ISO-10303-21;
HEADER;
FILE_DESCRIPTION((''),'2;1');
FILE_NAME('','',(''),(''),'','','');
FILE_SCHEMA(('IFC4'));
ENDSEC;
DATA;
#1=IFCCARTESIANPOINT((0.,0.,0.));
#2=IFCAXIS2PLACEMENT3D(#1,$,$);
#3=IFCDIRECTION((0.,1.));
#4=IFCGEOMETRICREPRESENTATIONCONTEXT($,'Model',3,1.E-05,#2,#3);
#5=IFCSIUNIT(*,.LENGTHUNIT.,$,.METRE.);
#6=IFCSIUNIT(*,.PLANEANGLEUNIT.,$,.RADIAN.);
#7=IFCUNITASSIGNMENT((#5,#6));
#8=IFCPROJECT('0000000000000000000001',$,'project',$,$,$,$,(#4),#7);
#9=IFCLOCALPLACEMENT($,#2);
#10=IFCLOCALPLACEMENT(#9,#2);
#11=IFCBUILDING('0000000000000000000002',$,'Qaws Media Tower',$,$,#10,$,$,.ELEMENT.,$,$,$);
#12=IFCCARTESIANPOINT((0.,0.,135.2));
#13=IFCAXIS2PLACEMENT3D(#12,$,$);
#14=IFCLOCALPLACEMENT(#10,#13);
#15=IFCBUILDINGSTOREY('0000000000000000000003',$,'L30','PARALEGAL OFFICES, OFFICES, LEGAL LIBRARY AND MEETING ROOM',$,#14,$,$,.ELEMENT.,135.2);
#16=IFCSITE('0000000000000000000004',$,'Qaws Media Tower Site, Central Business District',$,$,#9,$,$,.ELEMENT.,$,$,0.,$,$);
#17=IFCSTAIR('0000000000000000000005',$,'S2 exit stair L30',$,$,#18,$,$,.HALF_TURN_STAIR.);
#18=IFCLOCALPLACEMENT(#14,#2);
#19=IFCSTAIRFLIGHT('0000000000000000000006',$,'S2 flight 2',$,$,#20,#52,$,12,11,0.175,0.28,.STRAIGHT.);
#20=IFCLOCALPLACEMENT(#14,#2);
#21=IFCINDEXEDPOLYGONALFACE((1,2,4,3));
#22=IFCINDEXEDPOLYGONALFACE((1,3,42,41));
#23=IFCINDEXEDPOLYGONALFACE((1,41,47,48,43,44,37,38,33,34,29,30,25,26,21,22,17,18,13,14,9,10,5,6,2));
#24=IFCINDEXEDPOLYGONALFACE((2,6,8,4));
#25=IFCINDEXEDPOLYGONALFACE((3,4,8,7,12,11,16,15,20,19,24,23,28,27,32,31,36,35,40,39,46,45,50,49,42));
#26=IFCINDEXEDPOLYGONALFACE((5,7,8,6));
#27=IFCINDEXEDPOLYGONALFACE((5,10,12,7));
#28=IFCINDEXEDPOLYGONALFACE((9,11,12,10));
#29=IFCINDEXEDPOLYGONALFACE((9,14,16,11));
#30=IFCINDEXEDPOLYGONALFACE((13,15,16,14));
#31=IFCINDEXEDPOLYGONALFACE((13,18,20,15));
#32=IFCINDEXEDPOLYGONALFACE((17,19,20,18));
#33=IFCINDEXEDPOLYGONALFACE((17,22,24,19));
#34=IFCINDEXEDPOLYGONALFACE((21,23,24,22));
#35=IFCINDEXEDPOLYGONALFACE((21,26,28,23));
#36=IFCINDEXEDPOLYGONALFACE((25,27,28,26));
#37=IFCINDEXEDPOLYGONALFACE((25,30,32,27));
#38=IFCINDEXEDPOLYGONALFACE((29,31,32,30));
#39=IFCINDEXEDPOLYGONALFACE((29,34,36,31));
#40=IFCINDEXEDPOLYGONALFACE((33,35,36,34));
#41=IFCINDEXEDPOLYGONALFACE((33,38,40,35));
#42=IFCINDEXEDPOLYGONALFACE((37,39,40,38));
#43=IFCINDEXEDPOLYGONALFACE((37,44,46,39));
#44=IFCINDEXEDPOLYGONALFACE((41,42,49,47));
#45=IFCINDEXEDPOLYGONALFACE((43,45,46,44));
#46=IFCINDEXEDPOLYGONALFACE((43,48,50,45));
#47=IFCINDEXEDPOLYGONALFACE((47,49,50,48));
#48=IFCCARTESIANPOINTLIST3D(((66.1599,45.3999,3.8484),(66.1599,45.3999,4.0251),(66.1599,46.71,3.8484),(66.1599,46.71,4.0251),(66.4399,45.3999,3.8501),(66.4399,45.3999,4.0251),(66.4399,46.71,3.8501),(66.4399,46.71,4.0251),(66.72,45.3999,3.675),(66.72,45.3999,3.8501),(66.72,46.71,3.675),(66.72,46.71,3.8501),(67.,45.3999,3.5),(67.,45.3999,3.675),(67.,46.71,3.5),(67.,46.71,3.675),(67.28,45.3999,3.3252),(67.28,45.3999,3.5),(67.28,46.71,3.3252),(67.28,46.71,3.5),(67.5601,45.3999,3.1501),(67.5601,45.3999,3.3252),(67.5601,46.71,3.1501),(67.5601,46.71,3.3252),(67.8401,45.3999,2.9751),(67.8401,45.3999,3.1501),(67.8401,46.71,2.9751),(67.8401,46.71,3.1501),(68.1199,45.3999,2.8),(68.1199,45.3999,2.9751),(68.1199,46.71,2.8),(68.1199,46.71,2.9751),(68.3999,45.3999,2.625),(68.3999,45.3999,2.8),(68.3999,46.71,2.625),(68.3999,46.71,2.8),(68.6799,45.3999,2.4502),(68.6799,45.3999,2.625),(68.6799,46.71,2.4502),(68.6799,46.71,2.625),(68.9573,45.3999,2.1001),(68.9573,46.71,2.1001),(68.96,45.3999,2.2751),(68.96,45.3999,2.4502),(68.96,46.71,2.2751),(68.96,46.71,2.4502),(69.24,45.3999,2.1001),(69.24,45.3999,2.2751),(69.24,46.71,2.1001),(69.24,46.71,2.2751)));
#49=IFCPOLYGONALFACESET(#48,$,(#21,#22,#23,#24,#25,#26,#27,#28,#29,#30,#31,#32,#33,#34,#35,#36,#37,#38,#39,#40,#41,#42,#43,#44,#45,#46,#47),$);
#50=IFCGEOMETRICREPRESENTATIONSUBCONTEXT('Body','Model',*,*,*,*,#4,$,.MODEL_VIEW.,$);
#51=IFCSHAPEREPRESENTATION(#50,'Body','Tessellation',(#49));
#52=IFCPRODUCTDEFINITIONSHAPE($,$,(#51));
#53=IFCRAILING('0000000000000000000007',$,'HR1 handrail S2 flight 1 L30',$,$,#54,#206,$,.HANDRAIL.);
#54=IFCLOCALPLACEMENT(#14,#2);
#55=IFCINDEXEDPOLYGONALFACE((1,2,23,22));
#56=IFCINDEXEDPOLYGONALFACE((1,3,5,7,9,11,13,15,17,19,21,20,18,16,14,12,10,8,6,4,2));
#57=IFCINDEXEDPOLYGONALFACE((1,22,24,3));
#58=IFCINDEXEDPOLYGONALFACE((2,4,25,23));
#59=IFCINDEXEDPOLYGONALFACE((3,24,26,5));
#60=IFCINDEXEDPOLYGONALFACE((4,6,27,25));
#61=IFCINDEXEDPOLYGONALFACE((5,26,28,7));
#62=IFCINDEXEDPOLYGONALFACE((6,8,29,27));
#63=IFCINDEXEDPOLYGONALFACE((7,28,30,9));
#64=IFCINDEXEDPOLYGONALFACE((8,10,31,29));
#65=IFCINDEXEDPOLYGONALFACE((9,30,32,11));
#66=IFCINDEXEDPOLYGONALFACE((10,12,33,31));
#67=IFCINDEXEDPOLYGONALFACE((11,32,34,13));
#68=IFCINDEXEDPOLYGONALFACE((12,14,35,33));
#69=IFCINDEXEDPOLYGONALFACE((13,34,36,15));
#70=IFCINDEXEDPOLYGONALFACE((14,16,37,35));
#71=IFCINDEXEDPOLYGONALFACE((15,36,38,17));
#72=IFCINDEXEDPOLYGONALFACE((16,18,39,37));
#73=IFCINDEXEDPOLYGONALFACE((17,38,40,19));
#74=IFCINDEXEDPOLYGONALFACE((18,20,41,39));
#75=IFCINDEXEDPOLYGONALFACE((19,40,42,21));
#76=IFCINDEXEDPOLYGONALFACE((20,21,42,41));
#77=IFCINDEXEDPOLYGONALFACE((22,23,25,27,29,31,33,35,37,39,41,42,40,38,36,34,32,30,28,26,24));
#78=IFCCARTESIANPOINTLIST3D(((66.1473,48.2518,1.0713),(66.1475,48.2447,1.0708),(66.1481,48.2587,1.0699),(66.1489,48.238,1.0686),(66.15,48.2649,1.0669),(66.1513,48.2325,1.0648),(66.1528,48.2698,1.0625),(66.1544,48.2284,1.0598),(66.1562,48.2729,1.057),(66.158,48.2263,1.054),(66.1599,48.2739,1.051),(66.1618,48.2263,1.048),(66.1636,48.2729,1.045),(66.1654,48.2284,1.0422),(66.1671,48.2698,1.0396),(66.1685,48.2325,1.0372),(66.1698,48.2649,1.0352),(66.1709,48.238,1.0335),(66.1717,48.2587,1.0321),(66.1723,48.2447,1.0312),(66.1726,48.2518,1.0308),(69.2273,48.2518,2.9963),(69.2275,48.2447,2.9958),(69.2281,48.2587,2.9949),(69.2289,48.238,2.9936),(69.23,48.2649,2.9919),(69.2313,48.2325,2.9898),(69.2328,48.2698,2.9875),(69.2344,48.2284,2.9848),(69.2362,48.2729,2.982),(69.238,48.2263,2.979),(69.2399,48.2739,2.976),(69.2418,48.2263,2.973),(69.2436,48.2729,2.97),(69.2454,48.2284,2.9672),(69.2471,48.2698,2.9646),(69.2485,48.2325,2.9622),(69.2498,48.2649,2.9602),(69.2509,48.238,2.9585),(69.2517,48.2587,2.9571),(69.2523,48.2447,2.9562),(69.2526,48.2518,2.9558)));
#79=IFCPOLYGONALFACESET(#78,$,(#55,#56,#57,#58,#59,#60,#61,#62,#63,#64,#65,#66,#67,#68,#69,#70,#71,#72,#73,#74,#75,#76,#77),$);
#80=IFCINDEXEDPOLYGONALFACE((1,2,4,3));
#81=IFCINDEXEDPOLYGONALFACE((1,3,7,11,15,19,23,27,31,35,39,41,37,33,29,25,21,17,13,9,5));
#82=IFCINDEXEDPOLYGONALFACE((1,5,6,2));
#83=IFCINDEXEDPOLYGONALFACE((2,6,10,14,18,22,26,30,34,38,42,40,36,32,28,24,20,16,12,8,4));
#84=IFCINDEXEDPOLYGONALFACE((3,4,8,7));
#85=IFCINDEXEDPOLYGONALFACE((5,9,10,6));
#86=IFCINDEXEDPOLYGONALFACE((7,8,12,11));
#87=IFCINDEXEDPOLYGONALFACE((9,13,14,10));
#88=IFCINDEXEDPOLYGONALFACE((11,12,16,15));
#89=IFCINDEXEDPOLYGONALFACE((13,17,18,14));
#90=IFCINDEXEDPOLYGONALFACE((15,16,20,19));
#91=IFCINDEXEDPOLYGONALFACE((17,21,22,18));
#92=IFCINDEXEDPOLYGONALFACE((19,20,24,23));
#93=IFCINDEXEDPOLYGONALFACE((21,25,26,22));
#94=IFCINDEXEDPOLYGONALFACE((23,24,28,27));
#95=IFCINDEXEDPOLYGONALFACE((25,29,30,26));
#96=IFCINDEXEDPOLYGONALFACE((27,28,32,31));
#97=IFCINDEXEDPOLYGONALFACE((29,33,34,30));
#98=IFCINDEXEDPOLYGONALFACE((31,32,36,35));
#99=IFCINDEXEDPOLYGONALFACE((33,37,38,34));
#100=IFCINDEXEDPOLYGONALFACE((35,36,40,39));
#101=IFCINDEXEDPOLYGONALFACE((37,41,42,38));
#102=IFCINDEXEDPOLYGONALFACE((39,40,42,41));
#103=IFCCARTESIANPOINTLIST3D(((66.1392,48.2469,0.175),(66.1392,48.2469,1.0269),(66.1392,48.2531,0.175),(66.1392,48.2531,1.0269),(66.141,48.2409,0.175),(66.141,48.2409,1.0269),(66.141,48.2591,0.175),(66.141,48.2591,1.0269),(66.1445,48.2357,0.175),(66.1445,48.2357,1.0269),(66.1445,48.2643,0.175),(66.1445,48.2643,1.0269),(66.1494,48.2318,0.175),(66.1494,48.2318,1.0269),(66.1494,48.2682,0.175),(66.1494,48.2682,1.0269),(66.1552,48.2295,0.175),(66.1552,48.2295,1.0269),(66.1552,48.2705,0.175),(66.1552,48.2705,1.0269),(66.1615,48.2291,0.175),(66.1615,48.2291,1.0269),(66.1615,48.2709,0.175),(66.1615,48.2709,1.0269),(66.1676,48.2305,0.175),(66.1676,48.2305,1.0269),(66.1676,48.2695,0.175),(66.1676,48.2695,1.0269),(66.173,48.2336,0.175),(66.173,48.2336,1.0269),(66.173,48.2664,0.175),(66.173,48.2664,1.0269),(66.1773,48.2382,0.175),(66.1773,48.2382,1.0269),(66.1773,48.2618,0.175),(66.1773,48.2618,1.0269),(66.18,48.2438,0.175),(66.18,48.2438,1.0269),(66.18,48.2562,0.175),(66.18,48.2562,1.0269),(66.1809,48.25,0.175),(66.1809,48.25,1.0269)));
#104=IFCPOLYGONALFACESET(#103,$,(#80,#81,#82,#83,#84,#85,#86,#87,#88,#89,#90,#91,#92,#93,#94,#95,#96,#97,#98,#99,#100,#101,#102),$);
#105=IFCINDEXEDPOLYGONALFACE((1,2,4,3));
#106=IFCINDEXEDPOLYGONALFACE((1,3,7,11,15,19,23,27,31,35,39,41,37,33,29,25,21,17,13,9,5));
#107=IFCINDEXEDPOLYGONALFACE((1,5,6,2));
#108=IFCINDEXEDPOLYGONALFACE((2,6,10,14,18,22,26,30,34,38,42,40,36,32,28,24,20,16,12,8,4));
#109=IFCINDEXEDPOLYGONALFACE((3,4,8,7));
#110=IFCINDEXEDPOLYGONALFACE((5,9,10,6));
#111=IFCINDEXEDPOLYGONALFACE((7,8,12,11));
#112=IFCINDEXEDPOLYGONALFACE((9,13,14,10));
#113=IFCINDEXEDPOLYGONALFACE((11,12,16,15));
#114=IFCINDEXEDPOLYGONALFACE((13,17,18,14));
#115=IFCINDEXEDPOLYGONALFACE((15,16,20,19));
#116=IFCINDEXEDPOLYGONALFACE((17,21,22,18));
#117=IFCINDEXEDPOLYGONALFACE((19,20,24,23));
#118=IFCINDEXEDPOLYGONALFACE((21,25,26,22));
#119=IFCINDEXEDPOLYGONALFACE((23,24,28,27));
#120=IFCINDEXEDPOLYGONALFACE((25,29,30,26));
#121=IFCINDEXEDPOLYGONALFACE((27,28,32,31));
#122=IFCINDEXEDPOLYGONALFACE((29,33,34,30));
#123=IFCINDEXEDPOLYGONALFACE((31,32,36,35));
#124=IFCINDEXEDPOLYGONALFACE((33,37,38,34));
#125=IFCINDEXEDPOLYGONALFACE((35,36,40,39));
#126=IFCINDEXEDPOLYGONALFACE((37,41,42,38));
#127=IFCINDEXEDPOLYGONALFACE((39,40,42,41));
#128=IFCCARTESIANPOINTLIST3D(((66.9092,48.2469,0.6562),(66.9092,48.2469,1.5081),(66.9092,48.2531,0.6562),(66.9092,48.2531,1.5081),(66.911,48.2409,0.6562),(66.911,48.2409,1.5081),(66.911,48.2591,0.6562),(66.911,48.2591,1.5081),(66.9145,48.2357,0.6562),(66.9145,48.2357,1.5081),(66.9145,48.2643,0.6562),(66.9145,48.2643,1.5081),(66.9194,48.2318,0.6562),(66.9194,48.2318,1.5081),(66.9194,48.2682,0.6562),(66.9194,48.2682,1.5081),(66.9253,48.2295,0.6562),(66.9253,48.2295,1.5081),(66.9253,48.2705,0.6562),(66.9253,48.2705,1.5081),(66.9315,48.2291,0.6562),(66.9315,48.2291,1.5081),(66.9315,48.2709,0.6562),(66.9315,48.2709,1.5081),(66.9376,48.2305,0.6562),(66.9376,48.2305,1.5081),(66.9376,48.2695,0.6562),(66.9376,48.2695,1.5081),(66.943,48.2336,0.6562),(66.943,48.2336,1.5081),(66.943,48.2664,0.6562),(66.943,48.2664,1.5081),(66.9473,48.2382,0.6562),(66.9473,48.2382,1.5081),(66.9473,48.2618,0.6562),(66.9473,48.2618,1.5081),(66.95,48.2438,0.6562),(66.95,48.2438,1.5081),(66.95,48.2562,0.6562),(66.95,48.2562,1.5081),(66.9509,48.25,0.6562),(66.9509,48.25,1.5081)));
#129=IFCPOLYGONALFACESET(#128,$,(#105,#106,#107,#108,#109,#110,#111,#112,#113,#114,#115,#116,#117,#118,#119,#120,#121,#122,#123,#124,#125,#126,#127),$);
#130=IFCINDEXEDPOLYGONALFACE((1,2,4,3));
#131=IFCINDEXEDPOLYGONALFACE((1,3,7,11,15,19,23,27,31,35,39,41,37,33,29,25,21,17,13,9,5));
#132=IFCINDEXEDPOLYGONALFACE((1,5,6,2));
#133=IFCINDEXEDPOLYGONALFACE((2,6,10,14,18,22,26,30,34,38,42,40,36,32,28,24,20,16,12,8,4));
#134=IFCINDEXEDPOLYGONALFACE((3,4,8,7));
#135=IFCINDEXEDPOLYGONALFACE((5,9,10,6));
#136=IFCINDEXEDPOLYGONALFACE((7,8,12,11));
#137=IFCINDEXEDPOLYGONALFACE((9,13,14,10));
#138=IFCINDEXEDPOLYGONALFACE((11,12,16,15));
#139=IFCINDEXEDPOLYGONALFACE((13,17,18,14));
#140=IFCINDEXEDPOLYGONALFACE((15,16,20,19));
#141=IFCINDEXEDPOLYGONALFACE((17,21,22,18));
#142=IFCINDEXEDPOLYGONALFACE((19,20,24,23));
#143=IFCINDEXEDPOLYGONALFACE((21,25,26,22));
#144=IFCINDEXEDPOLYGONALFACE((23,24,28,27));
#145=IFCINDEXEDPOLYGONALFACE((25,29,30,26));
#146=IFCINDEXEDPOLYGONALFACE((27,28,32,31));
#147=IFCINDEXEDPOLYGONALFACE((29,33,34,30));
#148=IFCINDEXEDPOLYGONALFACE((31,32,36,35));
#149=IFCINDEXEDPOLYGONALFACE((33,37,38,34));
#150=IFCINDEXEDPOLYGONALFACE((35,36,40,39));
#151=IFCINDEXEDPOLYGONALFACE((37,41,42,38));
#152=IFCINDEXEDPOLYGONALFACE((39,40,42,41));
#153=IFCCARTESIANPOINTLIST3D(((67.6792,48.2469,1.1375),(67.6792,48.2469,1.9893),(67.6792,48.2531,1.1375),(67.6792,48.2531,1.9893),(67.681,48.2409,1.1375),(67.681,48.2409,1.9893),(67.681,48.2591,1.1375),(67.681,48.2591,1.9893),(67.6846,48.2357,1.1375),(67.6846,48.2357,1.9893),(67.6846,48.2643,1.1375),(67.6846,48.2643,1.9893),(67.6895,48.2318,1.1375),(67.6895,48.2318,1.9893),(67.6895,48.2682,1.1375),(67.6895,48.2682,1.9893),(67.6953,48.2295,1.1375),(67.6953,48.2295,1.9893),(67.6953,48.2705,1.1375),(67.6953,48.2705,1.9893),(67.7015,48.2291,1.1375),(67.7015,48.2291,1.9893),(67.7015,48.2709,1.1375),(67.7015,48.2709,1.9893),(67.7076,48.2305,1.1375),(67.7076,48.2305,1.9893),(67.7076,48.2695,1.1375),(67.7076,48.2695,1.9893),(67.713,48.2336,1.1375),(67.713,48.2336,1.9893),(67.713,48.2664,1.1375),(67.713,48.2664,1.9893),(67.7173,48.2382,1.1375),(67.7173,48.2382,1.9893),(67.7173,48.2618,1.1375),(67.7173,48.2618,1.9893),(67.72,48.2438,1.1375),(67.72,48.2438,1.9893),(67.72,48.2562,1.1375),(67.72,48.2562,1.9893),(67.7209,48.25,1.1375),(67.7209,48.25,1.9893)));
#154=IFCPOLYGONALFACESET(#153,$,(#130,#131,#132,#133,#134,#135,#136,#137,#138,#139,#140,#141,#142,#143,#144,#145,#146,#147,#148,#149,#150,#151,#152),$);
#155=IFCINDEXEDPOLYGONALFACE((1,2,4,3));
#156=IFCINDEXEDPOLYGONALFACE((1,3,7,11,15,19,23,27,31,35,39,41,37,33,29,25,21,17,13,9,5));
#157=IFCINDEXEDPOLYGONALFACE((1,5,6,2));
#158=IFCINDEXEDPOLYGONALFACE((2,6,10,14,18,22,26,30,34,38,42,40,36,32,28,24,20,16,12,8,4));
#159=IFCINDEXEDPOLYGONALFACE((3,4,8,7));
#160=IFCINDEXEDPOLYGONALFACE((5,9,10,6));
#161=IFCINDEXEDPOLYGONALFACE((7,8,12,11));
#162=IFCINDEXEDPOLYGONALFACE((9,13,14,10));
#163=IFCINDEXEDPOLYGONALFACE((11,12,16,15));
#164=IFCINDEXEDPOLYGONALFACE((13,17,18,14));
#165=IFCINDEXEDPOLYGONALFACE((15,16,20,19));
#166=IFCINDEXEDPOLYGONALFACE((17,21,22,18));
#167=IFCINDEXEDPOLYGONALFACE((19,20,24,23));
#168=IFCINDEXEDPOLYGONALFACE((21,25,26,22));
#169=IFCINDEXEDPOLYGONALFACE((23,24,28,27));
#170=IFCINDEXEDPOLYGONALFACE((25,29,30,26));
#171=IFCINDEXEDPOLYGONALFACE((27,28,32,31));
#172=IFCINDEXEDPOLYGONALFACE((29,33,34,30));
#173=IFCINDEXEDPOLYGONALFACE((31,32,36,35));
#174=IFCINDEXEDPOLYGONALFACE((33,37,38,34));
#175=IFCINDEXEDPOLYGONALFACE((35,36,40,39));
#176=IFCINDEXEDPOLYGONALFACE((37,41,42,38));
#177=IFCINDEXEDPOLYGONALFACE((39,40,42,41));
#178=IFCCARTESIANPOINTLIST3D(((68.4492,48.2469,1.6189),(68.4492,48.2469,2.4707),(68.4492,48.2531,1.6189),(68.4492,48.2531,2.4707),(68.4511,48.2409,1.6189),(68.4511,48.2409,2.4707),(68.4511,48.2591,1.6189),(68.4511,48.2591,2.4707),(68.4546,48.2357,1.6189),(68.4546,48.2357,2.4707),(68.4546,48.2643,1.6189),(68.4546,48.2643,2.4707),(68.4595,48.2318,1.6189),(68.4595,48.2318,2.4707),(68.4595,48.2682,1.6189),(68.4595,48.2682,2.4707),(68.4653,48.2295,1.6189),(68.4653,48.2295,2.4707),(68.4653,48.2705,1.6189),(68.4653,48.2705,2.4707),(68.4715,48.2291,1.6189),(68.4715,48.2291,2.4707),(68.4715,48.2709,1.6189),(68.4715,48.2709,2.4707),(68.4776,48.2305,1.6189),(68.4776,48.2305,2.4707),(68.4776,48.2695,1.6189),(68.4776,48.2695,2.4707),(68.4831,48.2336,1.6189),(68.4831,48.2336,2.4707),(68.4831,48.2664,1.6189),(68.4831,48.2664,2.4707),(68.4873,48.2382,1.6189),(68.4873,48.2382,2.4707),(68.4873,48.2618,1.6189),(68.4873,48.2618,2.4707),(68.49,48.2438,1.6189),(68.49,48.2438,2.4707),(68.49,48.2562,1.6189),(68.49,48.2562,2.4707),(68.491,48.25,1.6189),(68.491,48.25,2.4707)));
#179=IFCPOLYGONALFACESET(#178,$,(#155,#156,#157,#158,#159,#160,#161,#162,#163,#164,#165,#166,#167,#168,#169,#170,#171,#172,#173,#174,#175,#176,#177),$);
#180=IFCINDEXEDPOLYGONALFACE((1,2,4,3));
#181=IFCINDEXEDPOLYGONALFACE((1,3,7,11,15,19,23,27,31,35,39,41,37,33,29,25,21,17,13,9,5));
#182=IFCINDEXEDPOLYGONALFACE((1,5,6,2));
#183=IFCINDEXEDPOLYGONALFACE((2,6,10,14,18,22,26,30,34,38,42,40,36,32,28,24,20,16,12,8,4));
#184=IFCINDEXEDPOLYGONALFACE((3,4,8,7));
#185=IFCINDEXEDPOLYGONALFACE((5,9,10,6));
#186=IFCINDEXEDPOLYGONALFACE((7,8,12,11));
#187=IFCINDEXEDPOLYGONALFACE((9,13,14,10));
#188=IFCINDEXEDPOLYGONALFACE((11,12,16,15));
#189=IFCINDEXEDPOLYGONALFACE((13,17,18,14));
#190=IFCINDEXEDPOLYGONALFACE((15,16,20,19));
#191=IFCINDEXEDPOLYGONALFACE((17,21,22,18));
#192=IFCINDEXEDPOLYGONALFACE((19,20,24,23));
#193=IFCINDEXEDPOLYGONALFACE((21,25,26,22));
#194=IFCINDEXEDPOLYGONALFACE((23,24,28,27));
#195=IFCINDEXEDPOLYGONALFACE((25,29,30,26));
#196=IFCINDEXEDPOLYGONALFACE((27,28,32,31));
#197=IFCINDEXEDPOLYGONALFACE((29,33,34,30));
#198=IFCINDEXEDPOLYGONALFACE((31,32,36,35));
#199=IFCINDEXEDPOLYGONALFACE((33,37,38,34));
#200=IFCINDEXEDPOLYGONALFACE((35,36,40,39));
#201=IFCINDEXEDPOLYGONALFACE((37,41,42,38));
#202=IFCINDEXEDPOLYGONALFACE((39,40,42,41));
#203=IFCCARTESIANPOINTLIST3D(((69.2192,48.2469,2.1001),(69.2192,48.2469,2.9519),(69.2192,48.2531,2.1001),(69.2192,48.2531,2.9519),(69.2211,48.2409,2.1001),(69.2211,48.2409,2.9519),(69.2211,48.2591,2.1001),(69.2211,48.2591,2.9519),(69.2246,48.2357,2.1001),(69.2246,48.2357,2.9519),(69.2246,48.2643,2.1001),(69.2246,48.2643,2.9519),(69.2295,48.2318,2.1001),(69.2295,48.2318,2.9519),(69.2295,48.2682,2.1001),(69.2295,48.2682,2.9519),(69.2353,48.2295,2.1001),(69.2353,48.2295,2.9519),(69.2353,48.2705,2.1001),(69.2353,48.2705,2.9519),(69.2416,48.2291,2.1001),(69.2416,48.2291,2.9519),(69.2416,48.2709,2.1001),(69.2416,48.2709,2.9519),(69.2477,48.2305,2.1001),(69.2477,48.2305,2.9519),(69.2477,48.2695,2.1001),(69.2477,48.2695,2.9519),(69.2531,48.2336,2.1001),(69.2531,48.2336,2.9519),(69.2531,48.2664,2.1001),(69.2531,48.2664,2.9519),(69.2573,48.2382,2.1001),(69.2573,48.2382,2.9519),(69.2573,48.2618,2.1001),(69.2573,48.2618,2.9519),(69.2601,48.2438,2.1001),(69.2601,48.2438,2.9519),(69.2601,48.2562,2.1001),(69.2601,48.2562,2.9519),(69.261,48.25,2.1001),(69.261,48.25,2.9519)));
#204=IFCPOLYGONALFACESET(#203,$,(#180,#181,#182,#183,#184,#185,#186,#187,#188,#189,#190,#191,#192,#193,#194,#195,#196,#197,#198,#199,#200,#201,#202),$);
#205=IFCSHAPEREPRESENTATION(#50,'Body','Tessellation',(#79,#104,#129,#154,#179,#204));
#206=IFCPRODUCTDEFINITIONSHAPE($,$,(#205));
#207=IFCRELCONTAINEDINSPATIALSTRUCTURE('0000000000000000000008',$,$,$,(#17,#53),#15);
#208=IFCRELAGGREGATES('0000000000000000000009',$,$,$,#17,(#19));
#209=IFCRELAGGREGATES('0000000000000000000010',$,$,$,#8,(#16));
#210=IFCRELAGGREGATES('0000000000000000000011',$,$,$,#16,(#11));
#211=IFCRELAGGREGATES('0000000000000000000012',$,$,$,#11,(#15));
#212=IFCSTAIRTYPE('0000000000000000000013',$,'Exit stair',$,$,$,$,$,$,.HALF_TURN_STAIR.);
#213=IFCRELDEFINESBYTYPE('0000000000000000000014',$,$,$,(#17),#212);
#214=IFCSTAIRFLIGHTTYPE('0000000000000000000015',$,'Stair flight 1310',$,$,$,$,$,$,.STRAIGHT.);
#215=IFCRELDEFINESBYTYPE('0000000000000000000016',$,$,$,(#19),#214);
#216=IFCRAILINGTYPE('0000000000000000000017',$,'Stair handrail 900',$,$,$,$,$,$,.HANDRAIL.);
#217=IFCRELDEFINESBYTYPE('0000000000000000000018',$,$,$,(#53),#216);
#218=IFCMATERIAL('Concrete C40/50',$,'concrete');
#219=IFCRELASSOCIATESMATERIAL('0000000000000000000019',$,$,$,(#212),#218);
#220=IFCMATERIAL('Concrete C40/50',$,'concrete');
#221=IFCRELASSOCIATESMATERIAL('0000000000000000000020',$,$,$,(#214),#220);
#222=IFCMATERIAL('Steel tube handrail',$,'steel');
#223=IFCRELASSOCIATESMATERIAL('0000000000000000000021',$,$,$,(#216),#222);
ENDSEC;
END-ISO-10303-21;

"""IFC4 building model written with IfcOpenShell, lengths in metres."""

from ifc_helpers import new_model, si_unit, direction, frame, origin, origin_2d, place, context, subcontext, project, spatial, polyline, circle, outline, extrude, material, type_object, element, aggregate, save


model = new_model("IFC4")

# Units and contexts
model_context = context("Model", 3, precision=1e-05, world=origin(), true_north=direction((0.0, 1.0)))
body_context = subcontext(model_context, "Body", "Model", "MODEL_VIEW")
ifc_project = project(units=[si_unit("LENGTHUNIT", "METRE"), si_unit("PLANEANGLEUNIT", "RADIAN")], contexts=[model_context])

# Site, building, storey
site_placement = place(None, origin())
site = spatial("IfcSite", under=ifc_project, at=site_placement, Name="Qaws Media Tower Site, Central Business District", CompositionType="ELEMENT", RefElevation=0.0)
building_placement = place(site_placement, origin())
building = spatial("IfcBuilding", under=site, at=building_placement, Name="Qaws Media Tower", CompositionType="ELEMENT")
storey_placement = place(building_placement, frame((0.0, 0.0, 135.2)))
storey = spatial("IfcBuildingStorey", under=building, at=storey_placement, Name="L30", Description="PARALEGAL OFFICES, OFFICES, LEGAL LIBRARY AND MEETING ROOM", CompositionType="ELEMENT", Elevation=135.2)

# Stair, stair flight
ifc_material_1 = material(Name="Concrete C40/50", Category="concrete")
stair_type = type_object("IfcStairType", Name="Exit stair", PredefinedType="HALF_TURN_STAIR", material=ifc_material_1)
stair_placement = place(storey_placement, origin())
stair = element("IfcStair", 1, at=stair_placement, inside=storey, type_object=stair_type, Name="S2 exit stair L30", PredefinedType="HALF_TURN_STAIR")
ifc_material_2 = material(Name="Concrete C40/50", Category="concrete")
stair_flight_type = type_object("IfcStairFlightType", Name="Stair flight 1310", PredefinedType="STRAIGHT", material=ifc_material_2)
stair_flight_1_placement = place(storey_placement, frame((69.24, 46.0549, 2.1001), z_axis=(0.0, 0.0, 1.0), x_axis=(-1.0, 0.0, 0.0)))
stair_flight_1 = element("IfcStairFlight", 2, at=stair_flight_1_placement, type_object=stair_flight_type, Name="S2 flight 2", NumberOfRisers=12, NumberOfTreads=11, PredefinedType="STRAIGHT", RiserHeight=0.175, TreadLength=0.28, context=body_context, shape_type="SweptSolid", body=[
    extrude(outline(polyline([(0.0, 0.0), (0.0, 0.175), (0.28, 0.175), (0.28, 0.3501), (0.5601, 0.3501), (0.5601, 0.5249), (0.8401, 0.5249), (0.8401, 0.7), (1.1201, 0.7), (1.1201, 0.875), (1.3999, 0.875), (1.3999, 1.05), (1.6799, 1.05), (1.6799, 1.2251), (1.96, 1.2251), (1.96, 1.3999), (2.24, 1.3999), (2.24, 1.575), (2.52, 1.575), (2.52, 1.75), (2.8, 1.75), (2.8, 1.925), (3.0801, 1.925), (3.0801, 2.1001), (3.0801, 1.7483), (0.2827, 0.0), (0.0, 0.0)])), frame((0.0, 0.655, 0.0), z_axis=(0.0, -1.0, 0.0), x_axis=(1.0, 0.0, 0.0)), (0.0, 0.0, 1.0), 1.3101),
])
aggregate(stair, [stair_flight_1])

# Railing
ifc_material_3 = material(Name="Steel tube handrail", Category="steel")
railing_type = type_object("IfcRailingType", Name="Stair handrail 900", PredefinedType="HANDRAIL", material=ifc_material_3)
for number, where, name in (
    (3, (66.1599, 48.25, 0.175), "HR1 handrail S2 flight 1 L30"),
):
    element("IfcRailing", number, at=place(storey_placement, frame(where)), inside=storey, type_object=railing_type, Name=name, PredefinedType="HANDRAIL", context=body_context, shape_type="SweptSolid", body=[
        extrude(circle(Radius=0.0239, at=origin_2d()), frame((0.0, 0.0, 0.876), z_axis=(0.847998, 0.0, 0.529999), x_axis=(0.0, 1.0, 0.0)), (0.0, 0.0, 1.0), 3.6321),
        extrude(circle(Radius=0.021, at=origin_2d()), origin(), (0.0, 0.0, 1.0), 0.8518),
        extrude(circle(Radius=0.021, at=origin_2d()), frame((0.77, 0.0, 0.4812)), (0.0, 0.0, 1.0), 0.8518),
        extrude(circle(Radius=0.021, at=origin_2d()), frame((1.54, 0.0, 0.9624)), (0.0, 0.0, 1.0), 0.8518),
        extrude(circle(Radius=0.021, at=origin_2d()), frame((2.3101, 0.0, 1.4438)), (0.0, 0.0, 1.0), 0.8518),
        extrude(circle(Radius=0.021, at=origin_2d()), frame((3.0801, 0.0, 1.925)), (0.0, 0.0, 1.0), 0.8518),
    ])

save(model, "model.ifc")
